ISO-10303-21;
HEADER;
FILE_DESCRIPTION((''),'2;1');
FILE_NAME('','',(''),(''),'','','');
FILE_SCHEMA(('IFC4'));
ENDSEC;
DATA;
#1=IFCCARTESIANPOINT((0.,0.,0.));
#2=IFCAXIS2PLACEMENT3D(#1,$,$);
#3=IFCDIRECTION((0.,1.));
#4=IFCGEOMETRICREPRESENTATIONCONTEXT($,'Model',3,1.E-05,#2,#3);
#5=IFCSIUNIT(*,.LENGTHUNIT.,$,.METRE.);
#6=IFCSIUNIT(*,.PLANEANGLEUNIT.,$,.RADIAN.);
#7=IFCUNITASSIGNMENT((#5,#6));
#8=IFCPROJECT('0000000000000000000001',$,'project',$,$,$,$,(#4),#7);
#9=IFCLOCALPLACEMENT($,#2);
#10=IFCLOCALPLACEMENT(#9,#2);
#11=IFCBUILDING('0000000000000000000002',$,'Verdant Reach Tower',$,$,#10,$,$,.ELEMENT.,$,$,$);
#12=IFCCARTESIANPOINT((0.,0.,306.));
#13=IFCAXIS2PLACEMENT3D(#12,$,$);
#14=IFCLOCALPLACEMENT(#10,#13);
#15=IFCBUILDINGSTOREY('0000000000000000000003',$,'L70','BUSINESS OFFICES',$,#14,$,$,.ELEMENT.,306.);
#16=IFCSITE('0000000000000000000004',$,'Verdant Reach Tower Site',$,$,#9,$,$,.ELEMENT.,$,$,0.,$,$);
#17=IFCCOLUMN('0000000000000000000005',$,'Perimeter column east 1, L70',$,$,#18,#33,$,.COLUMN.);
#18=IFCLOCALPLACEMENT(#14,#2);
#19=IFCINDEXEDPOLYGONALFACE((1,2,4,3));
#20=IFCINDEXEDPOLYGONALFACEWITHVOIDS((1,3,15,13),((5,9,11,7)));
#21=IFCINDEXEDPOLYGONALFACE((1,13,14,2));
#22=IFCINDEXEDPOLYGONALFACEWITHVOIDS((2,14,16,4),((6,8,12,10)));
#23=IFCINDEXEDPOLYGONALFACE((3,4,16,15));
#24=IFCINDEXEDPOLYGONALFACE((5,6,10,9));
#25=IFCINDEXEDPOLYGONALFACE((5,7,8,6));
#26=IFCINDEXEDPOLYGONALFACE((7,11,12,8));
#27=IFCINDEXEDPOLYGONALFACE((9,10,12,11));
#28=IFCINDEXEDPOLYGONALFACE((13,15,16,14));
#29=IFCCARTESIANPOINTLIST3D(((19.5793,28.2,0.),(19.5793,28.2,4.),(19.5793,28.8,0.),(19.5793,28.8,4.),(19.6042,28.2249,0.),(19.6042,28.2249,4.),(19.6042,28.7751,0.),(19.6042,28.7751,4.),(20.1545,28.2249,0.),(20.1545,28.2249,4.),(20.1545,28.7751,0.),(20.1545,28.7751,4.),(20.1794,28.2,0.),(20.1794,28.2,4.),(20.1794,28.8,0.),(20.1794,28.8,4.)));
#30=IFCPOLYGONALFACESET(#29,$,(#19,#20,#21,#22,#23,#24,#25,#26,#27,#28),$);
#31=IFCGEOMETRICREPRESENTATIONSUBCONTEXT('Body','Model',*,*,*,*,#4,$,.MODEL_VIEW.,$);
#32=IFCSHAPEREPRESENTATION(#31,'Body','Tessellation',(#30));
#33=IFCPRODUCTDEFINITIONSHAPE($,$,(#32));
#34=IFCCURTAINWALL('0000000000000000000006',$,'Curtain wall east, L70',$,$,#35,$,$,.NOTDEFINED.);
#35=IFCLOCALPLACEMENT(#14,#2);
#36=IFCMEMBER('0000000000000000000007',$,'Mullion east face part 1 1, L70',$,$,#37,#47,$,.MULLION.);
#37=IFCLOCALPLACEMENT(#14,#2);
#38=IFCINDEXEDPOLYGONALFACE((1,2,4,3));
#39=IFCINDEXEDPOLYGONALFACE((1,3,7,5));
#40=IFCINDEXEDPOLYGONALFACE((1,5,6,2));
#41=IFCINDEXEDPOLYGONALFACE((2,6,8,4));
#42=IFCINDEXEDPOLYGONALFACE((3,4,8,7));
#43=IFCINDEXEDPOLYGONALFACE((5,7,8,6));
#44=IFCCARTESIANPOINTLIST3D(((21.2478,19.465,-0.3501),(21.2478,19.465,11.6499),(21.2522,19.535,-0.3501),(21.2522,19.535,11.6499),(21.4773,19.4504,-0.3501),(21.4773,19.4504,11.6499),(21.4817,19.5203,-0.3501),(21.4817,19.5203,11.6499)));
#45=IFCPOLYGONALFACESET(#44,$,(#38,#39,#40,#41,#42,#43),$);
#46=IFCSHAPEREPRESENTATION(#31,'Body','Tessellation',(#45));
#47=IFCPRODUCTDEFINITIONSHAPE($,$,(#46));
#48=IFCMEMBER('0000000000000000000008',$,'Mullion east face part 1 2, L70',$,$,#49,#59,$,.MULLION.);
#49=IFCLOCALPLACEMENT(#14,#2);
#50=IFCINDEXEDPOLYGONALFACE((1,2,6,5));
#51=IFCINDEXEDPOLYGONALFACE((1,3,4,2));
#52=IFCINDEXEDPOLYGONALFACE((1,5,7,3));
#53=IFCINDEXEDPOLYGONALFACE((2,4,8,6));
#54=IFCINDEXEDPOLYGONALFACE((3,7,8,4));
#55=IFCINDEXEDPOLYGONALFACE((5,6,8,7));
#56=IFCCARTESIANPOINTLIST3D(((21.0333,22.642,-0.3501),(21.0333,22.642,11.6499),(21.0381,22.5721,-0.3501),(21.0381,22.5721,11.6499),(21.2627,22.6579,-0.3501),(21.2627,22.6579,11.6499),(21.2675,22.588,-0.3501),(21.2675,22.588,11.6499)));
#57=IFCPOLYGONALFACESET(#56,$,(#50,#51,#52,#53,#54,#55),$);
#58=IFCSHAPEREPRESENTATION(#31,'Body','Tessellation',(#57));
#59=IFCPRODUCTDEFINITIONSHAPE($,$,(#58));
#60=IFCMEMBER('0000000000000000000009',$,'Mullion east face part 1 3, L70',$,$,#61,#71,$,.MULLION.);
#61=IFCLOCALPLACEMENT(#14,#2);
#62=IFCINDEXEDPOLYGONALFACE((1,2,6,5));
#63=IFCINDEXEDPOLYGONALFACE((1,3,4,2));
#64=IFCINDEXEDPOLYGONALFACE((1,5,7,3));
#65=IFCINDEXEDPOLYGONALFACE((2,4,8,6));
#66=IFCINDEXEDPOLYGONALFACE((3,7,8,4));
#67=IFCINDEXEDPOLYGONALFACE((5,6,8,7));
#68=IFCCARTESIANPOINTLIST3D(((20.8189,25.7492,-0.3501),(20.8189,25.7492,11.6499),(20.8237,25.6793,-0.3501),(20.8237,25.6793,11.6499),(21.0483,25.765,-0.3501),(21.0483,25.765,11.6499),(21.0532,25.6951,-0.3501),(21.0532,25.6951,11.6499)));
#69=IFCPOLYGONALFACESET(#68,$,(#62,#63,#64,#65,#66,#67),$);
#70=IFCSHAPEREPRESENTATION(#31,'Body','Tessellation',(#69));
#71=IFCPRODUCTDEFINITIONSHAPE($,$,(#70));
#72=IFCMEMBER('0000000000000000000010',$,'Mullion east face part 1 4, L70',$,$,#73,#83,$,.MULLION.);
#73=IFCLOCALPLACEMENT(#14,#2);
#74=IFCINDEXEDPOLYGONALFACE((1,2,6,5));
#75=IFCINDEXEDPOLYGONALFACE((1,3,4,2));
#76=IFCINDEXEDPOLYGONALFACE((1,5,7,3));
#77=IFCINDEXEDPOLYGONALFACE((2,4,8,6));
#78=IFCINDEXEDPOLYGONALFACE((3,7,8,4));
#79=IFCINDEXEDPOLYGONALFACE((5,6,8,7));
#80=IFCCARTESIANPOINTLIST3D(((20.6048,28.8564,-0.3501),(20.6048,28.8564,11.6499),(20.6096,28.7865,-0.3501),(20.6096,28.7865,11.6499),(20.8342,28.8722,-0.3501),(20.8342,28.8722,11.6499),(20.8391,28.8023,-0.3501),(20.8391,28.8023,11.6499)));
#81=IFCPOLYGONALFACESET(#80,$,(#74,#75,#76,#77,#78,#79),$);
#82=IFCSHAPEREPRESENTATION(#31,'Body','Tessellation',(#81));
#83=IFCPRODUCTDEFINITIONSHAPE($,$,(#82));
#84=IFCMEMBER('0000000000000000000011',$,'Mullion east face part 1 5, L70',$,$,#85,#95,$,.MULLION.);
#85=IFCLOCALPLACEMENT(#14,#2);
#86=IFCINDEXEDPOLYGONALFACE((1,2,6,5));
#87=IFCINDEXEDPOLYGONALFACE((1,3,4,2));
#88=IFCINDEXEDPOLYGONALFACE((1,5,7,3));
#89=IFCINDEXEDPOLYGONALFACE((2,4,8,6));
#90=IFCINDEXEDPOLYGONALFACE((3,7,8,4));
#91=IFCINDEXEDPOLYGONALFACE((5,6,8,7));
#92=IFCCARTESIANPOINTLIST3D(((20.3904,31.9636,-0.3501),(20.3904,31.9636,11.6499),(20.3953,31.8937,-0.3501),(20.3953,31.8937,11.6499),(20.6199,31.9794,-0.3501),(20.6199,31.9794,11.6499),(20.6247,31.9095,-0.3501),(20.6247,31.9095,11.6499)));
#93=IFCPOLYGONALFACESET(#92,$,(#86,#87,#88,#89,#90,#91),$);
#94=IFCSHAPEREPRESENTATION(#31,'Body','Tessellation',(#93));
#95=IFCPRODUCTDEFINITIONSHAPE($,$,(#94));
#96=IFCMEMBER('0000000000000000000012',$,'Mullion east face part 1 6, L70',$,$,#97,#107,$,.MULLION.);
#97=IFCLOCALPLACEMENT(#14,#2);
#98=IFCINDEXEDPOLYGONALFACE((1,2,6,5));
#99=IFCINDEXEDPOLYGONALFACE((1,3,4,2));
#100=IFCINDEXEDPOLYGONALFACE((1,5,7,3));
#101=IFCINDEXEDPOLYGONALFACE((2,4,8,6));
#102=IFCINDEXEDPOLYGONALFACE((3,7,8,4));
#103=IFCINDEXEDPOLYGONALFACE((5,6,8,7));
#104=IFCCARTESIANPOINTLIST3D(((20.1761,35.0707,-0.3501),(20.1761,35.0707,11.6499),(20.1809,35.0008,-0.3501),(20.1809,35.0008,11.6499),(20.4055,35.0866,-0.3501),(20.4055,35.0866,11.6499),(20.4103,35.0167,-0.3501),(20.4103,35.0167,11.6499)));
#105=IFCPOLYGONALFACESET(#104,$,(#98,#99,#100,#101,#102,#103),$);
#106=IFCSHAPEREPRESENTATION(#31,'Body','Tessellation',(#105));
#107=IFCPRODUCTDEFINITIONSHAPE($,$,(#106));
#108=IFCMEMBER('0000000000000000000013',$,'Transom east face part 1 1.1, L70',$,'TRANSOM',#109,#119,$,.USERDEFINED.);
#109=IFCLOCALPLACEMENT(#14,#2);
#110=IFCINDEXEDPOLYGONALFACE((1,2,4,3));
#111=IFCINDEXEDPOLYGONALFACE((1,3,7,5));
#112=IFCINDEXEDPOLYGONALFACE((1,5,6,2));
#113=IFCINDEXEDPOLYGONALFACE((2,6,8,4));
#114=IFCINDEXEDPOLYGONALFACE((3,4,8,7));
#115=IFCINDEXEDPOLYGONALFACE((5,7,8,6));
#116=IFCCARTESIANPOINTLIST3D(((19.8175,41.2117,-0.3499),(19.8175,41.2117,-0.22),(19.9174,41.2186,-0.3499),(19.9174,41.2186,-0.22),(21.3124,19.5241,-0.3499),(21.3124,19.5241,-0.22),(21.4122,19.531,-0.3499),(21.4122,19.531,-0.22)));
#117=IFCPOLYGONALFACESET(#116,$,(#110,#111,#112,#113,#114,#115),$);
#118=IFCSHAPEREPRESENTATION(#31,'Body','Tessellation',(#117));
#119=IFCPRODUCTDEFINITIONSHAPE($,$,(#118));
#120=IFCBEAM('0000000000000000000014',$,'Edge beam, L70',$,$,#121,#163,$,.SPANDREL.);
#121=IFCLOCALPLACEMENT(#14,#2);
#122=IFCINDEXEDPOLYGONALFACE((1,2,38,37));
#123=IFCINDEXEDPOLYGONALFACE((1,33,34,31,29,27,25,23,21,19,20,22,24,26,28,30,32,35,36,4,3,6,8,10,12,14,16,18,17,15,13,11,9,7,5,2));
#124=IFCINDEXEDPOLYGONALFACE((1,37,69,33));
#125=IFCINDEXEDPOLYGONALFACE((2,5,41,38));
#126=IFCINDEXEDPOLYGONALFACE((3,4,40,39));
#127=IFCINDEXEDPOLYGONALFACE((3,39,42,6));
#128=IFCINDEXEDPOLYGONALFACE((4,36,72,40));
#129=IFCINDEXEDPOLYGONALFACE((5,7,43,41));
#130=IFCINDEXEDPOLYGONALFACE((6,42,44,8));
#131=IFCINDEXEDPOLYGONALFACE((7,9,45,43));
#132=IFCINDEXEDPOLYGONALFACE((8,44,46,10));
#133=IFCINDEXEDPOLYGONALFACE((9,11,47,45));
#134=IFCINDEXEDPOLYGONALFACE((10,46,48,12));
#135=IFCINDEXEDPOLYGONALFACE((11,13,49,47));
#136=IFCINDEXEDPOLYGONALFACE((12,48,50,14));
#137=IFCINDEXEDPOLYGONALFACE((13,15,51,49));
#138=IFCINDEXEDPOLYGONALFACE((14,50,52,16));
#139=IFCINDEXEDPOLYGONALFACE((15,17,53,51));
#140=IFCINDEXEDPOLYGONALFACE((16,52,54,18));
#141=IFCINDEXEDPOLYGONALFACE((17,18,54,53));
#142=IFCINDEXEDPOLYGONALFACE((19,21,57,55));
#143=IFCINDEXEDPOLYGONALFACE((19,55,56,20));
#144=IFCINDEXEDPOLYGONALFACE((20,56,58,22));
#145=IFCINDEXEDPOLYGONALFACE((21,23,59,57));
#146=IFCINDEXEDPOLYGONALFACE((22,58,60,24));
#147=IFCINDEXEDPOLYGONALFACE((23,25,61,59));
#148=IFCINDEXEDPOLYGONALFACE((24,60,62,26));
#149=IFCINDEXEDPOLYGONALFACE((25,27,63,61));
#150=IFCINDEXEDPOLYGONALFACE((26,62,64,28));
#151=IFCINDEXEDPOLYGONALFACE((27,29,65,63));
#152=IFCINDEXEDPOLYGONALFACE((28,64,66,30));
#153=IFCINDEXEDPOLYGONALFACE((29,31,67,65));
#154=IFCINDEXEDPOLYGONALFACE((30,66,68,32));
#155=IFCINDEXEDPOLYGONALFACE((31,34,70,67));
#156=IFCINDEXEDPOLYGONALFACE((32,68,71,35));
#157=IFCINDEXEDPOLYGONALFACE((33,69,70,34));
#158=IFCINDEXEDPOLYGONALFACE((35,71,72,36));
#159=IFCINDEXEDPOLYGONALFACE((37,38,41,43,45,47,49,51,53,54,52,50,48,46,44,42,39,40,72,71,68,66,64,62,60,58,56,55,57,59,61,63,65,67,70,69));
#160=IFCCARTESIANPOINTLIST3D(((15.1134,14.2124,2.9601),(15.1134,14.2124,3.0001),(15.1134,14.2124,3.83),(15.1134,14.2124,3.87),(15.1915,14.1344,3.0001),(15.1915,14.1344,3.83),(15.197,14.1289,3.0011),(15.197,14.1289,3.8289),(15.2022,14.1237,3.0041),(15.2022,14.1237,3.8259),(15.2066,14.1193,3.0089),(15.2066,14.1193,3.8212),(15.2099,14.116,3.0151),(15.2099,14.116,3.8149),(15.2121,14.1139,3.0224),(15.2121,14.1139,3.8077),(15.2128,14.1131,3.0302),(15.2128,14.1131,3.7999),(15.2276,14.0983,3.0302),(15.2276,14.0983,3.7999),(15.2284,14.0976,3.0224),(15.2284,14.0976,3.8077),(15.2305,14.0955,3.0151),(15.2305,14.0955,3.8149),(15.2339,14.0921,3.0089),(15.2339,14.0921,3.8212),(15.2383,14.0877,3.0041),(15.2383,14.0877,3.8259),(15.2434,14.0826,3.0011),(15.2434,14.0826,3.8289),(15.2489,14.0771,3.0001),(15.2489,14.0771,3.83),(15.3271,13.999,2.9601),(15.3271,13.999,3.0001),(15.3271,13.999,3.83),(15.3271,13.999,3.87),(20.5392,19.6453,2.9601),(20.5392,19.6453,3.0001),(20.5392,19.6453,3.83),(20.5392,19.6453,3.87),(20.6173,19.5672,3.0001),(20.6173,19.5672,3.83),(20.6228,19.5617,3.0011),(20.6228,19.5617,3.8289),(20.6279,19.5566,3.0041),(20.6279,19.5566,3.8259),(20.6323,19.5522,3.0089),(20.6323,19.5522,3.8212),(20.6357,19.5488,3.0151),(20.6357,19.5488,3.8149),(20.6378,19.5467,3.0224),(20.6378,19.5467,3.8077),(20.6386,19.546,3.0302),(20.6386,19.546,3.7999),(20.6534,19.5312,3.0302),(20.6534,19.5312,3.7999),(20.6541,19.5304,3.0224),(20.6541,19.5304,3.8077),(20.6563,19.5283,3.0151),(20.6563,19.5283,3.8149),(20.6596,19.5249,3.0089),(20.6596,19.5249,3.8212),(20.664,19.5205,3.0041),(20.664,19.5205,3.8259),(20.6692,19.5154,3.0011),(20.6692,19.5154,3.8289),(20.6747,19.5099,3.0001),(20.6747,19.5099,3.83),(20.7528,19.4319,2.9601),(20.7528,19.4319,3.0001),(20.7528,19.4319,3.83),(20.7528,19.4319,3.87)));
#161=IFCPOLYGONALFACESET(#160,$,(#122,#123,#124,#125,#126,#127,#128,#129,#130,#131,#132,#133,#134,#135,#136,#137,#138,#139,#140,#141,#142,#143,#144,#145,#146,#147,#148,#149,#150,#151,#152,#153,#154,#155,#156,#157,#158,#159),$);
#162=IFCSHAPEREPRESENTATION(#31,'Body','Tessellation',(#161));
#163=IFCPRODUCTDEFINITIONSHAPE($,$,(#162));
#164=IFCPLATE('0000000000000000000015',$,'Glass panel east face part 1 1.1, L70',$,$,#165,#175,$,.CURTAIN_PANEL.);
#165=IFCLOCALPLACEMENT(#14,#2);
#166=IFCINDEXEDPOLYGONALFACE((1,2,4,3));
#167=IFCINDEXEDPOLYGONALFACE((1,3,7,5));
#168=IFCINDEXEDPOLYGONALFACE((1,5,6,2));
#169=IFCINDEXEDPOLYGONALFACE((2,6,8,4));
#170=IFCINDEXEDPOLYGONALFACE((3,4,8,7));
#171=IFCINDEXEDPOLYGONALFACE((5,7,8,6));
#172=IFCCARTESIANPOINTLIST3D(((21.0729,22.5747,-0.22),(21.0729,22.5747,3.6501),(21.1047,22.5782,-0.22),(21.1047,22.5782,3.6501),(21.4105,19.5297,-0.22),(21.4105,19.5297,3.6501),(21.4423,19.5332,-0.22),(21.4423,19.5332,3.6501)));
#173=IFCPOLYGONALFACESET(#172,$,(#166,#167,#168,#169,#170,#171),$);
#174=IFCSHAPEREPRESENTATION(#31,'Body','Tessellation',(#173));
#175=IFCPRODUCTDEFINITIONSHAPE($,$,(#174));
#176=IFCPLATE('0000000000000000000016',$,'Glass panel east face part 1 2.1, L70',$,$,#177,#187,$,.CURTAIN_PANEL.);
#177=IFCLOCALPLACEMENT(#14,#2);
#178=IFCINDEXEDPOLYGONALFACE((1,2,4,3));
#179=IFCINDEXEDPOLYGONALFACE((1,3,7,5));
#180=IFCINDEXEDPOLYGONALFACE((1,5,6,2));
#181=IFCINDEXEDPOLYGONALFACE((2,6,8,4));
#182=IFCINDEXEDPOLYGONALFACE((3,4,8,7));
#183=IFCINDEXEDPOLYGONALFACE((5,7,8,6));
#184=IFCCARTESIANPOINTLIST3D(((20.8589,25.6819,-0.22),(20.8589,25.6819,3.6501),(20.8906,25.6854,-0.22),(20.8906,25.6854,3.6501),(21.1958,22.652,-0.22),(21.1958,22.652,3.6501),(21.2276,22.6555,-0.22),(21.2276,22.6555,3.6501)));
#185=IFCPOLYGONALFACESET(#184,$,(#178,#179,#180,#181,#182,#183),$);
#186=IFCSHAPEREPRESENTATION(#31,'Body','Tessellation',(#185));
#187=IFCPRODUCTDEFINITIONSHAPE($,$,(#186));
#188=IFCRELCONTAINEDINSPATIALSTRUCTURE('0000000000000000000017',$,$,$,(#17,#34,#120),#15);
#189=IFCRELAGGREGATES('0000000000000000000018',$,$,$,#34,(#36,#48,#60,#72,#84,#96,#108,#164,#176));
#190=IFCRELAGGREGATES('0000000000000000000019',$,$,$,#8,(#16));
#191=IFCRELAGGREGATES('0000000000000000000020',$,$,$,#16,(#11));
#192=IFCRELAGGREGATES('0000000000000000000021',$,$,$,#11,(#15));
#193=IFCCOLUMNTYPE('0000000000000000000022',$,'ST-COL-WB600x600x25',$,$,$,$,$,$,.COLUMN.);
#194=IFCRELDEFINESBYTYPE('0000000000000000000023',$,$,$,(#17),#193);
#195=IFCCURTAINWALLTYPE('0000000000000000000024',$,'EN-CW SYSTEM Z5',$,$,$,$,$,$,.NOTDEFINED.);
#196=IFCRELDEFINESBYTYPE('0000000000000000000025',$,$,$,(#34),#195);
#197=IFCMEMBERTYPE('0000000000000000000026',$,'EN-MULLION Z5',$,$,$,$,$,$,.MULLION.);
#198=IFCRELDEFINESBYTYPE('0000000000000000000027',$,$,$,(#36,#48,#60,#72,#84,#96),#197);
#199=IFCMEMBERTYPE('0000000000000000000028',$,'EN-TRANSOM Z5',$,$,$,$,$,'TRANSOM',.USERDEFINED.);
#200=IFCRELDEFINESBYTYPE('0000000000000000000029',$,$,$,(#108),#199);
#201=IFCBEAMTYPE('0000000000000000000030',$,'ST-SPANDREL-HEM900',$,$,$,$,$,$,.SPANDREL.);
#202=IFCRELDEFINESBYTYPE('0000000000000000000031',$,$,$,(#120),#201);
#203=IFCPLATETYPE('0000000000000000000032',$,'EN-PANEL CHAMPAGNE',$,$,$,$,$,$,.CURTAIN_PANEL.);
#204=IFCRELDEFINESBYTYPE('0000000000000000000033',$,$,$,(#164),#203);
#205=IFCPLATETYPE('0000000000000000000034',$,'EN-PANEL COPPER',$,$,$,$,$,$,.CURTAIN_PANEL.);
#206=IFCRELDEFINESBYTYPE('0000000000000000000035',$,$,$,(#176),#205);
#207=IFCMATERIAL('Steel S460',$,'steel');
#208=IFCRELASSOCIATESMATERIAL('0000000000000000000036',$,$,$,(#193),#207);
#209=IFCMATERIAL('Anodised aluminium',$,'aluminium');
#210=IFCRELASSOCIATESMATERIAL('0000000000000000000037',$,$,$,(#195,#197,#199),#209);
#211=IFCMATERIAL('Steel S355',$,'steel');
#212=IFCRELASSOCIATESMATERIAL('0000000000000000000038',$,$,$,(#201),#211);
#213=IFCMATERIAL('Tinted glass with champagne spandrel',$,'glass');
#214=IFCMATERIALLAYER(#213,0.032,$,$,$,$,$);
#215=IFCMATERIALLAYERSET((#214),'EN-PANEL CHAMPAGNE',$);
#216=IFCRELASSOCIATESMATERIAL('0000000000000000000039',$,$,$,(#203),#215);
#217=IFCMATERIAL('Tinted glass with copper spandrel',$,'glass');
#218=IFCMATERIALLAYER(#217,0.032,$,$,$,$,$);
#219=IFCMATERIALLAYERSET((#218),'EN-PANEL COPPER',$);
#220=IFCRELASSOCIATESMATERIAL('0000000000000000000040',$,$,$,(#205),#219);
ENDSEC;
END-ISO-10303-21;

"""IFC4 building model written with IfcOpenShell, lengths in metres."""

from ifc_helpers import new_model, si_unit, direction, frame, origin, origin_2d, place, context, subcontext, project, spatial, rectangle, hollow_rectangle, i_section, extrude, material, layer, layer_set, material_profile, profile_set, type_object, element, aggregate, save


model = new_model("IFC4")

# Units and contexts
model_context = context("Model", 3, precision=1e-05, world=origin(), true_north=direction((0.0, 1.0)))
body_context = subcontext(model_context, "Body", "Model", "MODEL_VIEW")
ifc_project = project(units=[si_unit("LENGTHUNIT", "METRE"), si_unit("PLANEANGLEUNIT", "RADIAN")], contexts=[model_context])

# Site, building, storey
site_placement = place(None, origin())
site = spatial("IfcSite", under=ifc_project, at=site_placement, Name="Verdant Reach Tower Site", CompositionType="ELEMENT", RefElevation=0.0)
building_placement = place(site_placement, origin())
building = spatial("IfcBuilding", under=site, at=building_placement, Name="Verdant Reach Tower", CompositionType="ELEMENT")
storey_placement = place(building_placement, frame((0.0, 0.0, 306.0)))
storey = spatial("IfcBuildingStorey", under=building, at=storey_placement, Name="L70", Description="BUSINESS OFFICES", CompositionType="ELEMENT", Elevation=306.0)

# Column
ifc_material_1 = material(Name="Steel S460", Category="steel")
ifc_material_profile_1 = material_profile(ifc_material_1, hollow_rectangle(XDim=0.6001, YDim=0.6001, WallThickness=0.0249, at=origin_2d()), Name="WB 600x600x25")
ifc_profile_set_1 = profile_set([ifc_material_profile_1], Name="Steel S460")
column_type = type_object("IfcColumnType", Name="ST-COL-WB600x600x25", PredefinedType="COLUMN", material=ifc_profile_set_1)
column_placement = place(storey_placement, frame((19.8794, 28.5, 0.0), z_axis=(0.0, 0.0, 1.0), x_axis=(1.0, 0.0, 0.0)))
element("IfcColumn", 1, at=column_placement, inside=storey, type_object=column_type, Name="Perimeter column east 1, L70", PredefinedType="COLUMN", context=body_context, shape_type="SweptSolid", body=[
    extrude(hollow_rectangle(XDim=0.6001, YDim=0.6001, WallThickness=0.0249, at=origin_2d()), origin(), (0.0, 0.0, 1.0), 4.0),
])

# Curtain wall, members
ifc_material_2 = material(Name="Anodised aluminium", Category="aluminium")
curtain_wall_type = type_object("IfcCurtainWallType", Name="EN-CW SYSTEM Z5", PredefinedType="NOTDEFINED", material=ifc_material_2)
curtain_wall_placement = place(storey_placement, origin())
curtain_wall = element("IfcCurtainWall", 2, at=curtain_wall_placement, inside=storey, type_object=curtain_wall_type, Name="Curtain wall east, L70", PredefinedType="NOTDEFINED")
ifc_material_profile_2 = material_profile(ifc_material_2, rectangle(XDim=0.23, YDim=0.0701, at=origin_2d()), Name="Mullion 70x230")
ifc_profile_set_2 = profile_set([ifc_material_profile_2], Name="Anodised aluminium")
member_type_1 = type_object("IfcMemberType", Name="EN-MULLION Z5", PredefinedType="MULLION", material=ifc_profile_set_2)
member_1_placement = place(storey_placement, frame((21.3647, 19.4927, -0.3501), z_axis=(0.0, 0.0, 1.0), x_axis=(0.997969, -0.063699, 0.0)))
member_1 = element("IfcMember", 3, at=member_1_placement, type_object=member_type_1, Name="Mullion east face part 1 1, L70", PredefinedType="MULLION", context=body_context, shape_type="SweptSolid", body=[
    extrude(rectangle(XDim=0.23, YDim=0.0701, at=origin_2d()), origin(), (0.0, 0.0, 1.0), 12.0),
])
member_2_placement = place(storey_placement, frame((21.1504, 22.615, -0.3501), z_axis=(0.0, 0.0, 1.0), x_axis=(0.99763, 0.068802, 0.0)))
member_2 = element("IfcMember", 4, at=member_2_placement, type_object=member_type_1, Name="Mullion east face part 1 2, L70", PredefinedType="MULLION", context=body_context, shape_type="SweptSolid", body=[
    extrude(rectangle(XDim=0.23, YDim=0.0701, at=origin_2d()), origin(), (0.0, 0.0, 1.0), 12.0),
])
member_3_placement = place(storey_placement, frame((20.936, 25.7222, -0.3501), z_axis=(0.0, 0.0, 1.0), x_axis=(0.99763, 0.068802, 0.0)))
member_3 = element("IfcMember", 5, at=member_3_placement, type_object=member_type_1, Name="Mullion east face part 1 3, L70", PredefinedType="MULLION", context=body_context, shape_type="SweptSolid", body=[
    extrude(rectangle(XDim=0.23, YDim=0.0701, at=origin_2d()), origin(), (0.0, 0.0, 1.0), 12.0),
])
member_4_placement = place(storey_placement, frame((20.7219, 28.8293, -0.3501), z_axis=(0.0, 0.0, 1.0), x_axis=(0.99763, 0.068802, 0.0)))
member_4 = element("IfcMember", 6, at=member_4_placement, type_object=member_type_1, Name="Mullion east face part 1 4, L70", PredefinedType="MULLION", context=body_context, shape_type="SweptSolid", body=[
    extrude(rectangle(XDim=0.23, YDim=0.0701, at=origin_2d()), origin(), (0.0, 0.0, 1.0), 12.0),
])
member_5_placement = place(storey_placement, frame((20.5076, 31.9365, -0.3501), z_axis=(0.0, 0.0, 1.0), x_axis=(0.99763, 0.068802, 0.0)))
member_5 = element("IfcMember", 7, at=member_5_placement, type_object=member_type_1, Name="Mullion east face part 1 5, L70", PredefinedType="MULLION", context=body_context, shape_type="SweptSolid", body=[
    extrude(rectangle(XDim=0.23, YDim=0.0701, at=origin_2d()), origin(), (0.0, 0.0, 1.0), 12.0),
])
member_6_placement = place(storey_placement, frame((20.2932, 35.0437, -0.3501), z_axis=(0.0, 0.0, 1.0), x_axis=(0.99763, 0.068802, 0.0)))
member_6 = element("IfcMember", 8, at=member_6_placement, type_object=member_type_1, Name="Mullion east face part 1 6, L70", PredefinedType="MULLION", context=body_context, shape_type="SweptSolid", body=[
    extrude(rectangle(XDim=0.23, YDim=0.0701, at=origin_2d()), origin(), (0.0, 0.0, 1.0), 12.0),
])
ifc_material_profile_3 = material_profile(ifc_material_2, rectangle(XDim=0.1001, YDim=0.1299, at=origin_2d()), Name="Transom 130x100")
ifc_profile_set_3 = profile_set([ifc_material_profile_3], Name="Anodised aluminium")
member_type_2 = type_object("IfcMemberType", Name="EN-TRANSOM Z5", ElementType="TRANSOM", PredefinedType="USERDEFINED", material=ifc_profile_set_3)
member_7_placement = place(storey_placement, frame((21.3623, 19.5276, -0.2849), z_axis=(-0.068765, 0.997633, 0.0), x_axis=(-0.997633, -0.068765, 0.0)))
member_7 = element("IfcMember", 9, at=member_7_placement, type_object=member_type_2, Name="Transom east face part 1 1.1, L70", ObjectType="TRANSOM", PredefinedType="USERDEFINED", context=body_context, shape_type="SweptSolid", body=[
    extrude(rectangle(XDim=0.1001, YDim=0.1299, at=origin_2d()), origin(), (0.0, 0.0, 1.0), 21.739),
])

# Beam
ifc_material_3 = material(Name="Steel S355", Category="steel")
ifc_material_profile_4 = material_profile(ifc_material_3, i_section(OverallWidth=0.302, OverallDepth=0.9099, WebThickness=0.021, FlangeThickness=0.04, FilletRadius=0.03, at=origin_2d()), Name="HEM 900")
ifc_profile_set_4 = profile_set([ifc_material_profile_4], Name="Steel S355")
beam_type = type_object("IfcBeamType", Name="ST-SPANDREL-HEM900", PredefinedType="SPANDREL", material=ifc_profile_set_4)
beam_placement = place(storey_placement, frame((20.646, 19.5386, 3.415), z_axis=(-0.706646, -0.707568, 0.0), x_axis=(0.707568, -0.706646, 0.0)))
element("IfcBeam", 10, at=beam_placement, inside=storey, type_object=beam_type, Name="Edge beam, L70", PredefinedType="SPANDREL", context=body_context, shape_type="SweptSolid", body=[
    extrude(i_section(OverallWidth=0.302, OverallDepth=0.9099, WebThickness=0.021, FlangeThickness=0.04, FilletRadius=0.03, at=origin_2d()), origin(), (0.0, 0.0, 1.0), 7.6782),
])

# Plates
ifc_material_4 = material(Name="Tinted glass with champagne spandrel", Category="glass")
ifc_layer_1 = layer(ifc_material_4, 0.032)
ifc_layer_set_1 = layer_set([ifc_layer_1], Name="EN-PANEL CHAMPAGNE")
plate_type_1 = type_object("IfcPlateType", Name="EN-PANEL CHAMPAGNE", PredefinedType="CURTAIN_PANEL", material=ifc_layer_set_1)
plate_1_placement = place(storey_placement, frame((21.2576, 21.054, -0.22), z_axis=(0.0, 0.0, 1.0), x_axis=(-0.110198, 0.99391, 0.0)))
plate_1 = element("IfcPlate", 11, at=plate_1_placement, type_object=plate_type_1, Name="Glass panel east face part 1 1.1, L70", PredefinedType="CURTAIN_PANEL", context=body_context, shape_type="SweptSolid", body=[
    extrude(rectangle(XDim=3.0637, YDim=0.032, at=origin_2d()), origin(), (0.0, 0.0, 1.0), 3.8701),
])
ifc_material_5 = material(Name="Tinted glass with copper spandrel", Category="glass")
ifc_layer_2 = layer(ifc_material_5, 0.032)
ifc_layer_set_2 = layer_set([ifc_layer_2], Name="EN-PANEL COPPER")
plate_type_2 = type_object("IfcPlateType", Name="EN-PANEL COPPER", PredefinedType="CURTAIN_PANEL", material=ifc_layer_set_2)
plate_2_placement = place(storey_placement, frame((21.0432, 24.1687, -0.22), z_axis=(0.0, 0.0, 1.0), x_axis=(-0.110518, 0.993874, 0.0)))
plate_2 = element("IfcPlate", 12, at=plate_2_placement, type_object=plate_type_2, Name="Glass panel east face part 1 2.1, L70", PredefinedType="CURTAIN_PANEL", context=body_context, shape_type="SweptSolid", body=[
    extrude(rectangle(XDim=3.0486, YDim=0.032, at=origin_2d()), origin(), (0.0, 0.0, 1.0), 3.8701),
])
aggregate(curtain_wall, [member_1, member_2, member_3, member_4, member_5, member_6, member_7, plate_1, plate_2])

save(model, "model.ifc")
